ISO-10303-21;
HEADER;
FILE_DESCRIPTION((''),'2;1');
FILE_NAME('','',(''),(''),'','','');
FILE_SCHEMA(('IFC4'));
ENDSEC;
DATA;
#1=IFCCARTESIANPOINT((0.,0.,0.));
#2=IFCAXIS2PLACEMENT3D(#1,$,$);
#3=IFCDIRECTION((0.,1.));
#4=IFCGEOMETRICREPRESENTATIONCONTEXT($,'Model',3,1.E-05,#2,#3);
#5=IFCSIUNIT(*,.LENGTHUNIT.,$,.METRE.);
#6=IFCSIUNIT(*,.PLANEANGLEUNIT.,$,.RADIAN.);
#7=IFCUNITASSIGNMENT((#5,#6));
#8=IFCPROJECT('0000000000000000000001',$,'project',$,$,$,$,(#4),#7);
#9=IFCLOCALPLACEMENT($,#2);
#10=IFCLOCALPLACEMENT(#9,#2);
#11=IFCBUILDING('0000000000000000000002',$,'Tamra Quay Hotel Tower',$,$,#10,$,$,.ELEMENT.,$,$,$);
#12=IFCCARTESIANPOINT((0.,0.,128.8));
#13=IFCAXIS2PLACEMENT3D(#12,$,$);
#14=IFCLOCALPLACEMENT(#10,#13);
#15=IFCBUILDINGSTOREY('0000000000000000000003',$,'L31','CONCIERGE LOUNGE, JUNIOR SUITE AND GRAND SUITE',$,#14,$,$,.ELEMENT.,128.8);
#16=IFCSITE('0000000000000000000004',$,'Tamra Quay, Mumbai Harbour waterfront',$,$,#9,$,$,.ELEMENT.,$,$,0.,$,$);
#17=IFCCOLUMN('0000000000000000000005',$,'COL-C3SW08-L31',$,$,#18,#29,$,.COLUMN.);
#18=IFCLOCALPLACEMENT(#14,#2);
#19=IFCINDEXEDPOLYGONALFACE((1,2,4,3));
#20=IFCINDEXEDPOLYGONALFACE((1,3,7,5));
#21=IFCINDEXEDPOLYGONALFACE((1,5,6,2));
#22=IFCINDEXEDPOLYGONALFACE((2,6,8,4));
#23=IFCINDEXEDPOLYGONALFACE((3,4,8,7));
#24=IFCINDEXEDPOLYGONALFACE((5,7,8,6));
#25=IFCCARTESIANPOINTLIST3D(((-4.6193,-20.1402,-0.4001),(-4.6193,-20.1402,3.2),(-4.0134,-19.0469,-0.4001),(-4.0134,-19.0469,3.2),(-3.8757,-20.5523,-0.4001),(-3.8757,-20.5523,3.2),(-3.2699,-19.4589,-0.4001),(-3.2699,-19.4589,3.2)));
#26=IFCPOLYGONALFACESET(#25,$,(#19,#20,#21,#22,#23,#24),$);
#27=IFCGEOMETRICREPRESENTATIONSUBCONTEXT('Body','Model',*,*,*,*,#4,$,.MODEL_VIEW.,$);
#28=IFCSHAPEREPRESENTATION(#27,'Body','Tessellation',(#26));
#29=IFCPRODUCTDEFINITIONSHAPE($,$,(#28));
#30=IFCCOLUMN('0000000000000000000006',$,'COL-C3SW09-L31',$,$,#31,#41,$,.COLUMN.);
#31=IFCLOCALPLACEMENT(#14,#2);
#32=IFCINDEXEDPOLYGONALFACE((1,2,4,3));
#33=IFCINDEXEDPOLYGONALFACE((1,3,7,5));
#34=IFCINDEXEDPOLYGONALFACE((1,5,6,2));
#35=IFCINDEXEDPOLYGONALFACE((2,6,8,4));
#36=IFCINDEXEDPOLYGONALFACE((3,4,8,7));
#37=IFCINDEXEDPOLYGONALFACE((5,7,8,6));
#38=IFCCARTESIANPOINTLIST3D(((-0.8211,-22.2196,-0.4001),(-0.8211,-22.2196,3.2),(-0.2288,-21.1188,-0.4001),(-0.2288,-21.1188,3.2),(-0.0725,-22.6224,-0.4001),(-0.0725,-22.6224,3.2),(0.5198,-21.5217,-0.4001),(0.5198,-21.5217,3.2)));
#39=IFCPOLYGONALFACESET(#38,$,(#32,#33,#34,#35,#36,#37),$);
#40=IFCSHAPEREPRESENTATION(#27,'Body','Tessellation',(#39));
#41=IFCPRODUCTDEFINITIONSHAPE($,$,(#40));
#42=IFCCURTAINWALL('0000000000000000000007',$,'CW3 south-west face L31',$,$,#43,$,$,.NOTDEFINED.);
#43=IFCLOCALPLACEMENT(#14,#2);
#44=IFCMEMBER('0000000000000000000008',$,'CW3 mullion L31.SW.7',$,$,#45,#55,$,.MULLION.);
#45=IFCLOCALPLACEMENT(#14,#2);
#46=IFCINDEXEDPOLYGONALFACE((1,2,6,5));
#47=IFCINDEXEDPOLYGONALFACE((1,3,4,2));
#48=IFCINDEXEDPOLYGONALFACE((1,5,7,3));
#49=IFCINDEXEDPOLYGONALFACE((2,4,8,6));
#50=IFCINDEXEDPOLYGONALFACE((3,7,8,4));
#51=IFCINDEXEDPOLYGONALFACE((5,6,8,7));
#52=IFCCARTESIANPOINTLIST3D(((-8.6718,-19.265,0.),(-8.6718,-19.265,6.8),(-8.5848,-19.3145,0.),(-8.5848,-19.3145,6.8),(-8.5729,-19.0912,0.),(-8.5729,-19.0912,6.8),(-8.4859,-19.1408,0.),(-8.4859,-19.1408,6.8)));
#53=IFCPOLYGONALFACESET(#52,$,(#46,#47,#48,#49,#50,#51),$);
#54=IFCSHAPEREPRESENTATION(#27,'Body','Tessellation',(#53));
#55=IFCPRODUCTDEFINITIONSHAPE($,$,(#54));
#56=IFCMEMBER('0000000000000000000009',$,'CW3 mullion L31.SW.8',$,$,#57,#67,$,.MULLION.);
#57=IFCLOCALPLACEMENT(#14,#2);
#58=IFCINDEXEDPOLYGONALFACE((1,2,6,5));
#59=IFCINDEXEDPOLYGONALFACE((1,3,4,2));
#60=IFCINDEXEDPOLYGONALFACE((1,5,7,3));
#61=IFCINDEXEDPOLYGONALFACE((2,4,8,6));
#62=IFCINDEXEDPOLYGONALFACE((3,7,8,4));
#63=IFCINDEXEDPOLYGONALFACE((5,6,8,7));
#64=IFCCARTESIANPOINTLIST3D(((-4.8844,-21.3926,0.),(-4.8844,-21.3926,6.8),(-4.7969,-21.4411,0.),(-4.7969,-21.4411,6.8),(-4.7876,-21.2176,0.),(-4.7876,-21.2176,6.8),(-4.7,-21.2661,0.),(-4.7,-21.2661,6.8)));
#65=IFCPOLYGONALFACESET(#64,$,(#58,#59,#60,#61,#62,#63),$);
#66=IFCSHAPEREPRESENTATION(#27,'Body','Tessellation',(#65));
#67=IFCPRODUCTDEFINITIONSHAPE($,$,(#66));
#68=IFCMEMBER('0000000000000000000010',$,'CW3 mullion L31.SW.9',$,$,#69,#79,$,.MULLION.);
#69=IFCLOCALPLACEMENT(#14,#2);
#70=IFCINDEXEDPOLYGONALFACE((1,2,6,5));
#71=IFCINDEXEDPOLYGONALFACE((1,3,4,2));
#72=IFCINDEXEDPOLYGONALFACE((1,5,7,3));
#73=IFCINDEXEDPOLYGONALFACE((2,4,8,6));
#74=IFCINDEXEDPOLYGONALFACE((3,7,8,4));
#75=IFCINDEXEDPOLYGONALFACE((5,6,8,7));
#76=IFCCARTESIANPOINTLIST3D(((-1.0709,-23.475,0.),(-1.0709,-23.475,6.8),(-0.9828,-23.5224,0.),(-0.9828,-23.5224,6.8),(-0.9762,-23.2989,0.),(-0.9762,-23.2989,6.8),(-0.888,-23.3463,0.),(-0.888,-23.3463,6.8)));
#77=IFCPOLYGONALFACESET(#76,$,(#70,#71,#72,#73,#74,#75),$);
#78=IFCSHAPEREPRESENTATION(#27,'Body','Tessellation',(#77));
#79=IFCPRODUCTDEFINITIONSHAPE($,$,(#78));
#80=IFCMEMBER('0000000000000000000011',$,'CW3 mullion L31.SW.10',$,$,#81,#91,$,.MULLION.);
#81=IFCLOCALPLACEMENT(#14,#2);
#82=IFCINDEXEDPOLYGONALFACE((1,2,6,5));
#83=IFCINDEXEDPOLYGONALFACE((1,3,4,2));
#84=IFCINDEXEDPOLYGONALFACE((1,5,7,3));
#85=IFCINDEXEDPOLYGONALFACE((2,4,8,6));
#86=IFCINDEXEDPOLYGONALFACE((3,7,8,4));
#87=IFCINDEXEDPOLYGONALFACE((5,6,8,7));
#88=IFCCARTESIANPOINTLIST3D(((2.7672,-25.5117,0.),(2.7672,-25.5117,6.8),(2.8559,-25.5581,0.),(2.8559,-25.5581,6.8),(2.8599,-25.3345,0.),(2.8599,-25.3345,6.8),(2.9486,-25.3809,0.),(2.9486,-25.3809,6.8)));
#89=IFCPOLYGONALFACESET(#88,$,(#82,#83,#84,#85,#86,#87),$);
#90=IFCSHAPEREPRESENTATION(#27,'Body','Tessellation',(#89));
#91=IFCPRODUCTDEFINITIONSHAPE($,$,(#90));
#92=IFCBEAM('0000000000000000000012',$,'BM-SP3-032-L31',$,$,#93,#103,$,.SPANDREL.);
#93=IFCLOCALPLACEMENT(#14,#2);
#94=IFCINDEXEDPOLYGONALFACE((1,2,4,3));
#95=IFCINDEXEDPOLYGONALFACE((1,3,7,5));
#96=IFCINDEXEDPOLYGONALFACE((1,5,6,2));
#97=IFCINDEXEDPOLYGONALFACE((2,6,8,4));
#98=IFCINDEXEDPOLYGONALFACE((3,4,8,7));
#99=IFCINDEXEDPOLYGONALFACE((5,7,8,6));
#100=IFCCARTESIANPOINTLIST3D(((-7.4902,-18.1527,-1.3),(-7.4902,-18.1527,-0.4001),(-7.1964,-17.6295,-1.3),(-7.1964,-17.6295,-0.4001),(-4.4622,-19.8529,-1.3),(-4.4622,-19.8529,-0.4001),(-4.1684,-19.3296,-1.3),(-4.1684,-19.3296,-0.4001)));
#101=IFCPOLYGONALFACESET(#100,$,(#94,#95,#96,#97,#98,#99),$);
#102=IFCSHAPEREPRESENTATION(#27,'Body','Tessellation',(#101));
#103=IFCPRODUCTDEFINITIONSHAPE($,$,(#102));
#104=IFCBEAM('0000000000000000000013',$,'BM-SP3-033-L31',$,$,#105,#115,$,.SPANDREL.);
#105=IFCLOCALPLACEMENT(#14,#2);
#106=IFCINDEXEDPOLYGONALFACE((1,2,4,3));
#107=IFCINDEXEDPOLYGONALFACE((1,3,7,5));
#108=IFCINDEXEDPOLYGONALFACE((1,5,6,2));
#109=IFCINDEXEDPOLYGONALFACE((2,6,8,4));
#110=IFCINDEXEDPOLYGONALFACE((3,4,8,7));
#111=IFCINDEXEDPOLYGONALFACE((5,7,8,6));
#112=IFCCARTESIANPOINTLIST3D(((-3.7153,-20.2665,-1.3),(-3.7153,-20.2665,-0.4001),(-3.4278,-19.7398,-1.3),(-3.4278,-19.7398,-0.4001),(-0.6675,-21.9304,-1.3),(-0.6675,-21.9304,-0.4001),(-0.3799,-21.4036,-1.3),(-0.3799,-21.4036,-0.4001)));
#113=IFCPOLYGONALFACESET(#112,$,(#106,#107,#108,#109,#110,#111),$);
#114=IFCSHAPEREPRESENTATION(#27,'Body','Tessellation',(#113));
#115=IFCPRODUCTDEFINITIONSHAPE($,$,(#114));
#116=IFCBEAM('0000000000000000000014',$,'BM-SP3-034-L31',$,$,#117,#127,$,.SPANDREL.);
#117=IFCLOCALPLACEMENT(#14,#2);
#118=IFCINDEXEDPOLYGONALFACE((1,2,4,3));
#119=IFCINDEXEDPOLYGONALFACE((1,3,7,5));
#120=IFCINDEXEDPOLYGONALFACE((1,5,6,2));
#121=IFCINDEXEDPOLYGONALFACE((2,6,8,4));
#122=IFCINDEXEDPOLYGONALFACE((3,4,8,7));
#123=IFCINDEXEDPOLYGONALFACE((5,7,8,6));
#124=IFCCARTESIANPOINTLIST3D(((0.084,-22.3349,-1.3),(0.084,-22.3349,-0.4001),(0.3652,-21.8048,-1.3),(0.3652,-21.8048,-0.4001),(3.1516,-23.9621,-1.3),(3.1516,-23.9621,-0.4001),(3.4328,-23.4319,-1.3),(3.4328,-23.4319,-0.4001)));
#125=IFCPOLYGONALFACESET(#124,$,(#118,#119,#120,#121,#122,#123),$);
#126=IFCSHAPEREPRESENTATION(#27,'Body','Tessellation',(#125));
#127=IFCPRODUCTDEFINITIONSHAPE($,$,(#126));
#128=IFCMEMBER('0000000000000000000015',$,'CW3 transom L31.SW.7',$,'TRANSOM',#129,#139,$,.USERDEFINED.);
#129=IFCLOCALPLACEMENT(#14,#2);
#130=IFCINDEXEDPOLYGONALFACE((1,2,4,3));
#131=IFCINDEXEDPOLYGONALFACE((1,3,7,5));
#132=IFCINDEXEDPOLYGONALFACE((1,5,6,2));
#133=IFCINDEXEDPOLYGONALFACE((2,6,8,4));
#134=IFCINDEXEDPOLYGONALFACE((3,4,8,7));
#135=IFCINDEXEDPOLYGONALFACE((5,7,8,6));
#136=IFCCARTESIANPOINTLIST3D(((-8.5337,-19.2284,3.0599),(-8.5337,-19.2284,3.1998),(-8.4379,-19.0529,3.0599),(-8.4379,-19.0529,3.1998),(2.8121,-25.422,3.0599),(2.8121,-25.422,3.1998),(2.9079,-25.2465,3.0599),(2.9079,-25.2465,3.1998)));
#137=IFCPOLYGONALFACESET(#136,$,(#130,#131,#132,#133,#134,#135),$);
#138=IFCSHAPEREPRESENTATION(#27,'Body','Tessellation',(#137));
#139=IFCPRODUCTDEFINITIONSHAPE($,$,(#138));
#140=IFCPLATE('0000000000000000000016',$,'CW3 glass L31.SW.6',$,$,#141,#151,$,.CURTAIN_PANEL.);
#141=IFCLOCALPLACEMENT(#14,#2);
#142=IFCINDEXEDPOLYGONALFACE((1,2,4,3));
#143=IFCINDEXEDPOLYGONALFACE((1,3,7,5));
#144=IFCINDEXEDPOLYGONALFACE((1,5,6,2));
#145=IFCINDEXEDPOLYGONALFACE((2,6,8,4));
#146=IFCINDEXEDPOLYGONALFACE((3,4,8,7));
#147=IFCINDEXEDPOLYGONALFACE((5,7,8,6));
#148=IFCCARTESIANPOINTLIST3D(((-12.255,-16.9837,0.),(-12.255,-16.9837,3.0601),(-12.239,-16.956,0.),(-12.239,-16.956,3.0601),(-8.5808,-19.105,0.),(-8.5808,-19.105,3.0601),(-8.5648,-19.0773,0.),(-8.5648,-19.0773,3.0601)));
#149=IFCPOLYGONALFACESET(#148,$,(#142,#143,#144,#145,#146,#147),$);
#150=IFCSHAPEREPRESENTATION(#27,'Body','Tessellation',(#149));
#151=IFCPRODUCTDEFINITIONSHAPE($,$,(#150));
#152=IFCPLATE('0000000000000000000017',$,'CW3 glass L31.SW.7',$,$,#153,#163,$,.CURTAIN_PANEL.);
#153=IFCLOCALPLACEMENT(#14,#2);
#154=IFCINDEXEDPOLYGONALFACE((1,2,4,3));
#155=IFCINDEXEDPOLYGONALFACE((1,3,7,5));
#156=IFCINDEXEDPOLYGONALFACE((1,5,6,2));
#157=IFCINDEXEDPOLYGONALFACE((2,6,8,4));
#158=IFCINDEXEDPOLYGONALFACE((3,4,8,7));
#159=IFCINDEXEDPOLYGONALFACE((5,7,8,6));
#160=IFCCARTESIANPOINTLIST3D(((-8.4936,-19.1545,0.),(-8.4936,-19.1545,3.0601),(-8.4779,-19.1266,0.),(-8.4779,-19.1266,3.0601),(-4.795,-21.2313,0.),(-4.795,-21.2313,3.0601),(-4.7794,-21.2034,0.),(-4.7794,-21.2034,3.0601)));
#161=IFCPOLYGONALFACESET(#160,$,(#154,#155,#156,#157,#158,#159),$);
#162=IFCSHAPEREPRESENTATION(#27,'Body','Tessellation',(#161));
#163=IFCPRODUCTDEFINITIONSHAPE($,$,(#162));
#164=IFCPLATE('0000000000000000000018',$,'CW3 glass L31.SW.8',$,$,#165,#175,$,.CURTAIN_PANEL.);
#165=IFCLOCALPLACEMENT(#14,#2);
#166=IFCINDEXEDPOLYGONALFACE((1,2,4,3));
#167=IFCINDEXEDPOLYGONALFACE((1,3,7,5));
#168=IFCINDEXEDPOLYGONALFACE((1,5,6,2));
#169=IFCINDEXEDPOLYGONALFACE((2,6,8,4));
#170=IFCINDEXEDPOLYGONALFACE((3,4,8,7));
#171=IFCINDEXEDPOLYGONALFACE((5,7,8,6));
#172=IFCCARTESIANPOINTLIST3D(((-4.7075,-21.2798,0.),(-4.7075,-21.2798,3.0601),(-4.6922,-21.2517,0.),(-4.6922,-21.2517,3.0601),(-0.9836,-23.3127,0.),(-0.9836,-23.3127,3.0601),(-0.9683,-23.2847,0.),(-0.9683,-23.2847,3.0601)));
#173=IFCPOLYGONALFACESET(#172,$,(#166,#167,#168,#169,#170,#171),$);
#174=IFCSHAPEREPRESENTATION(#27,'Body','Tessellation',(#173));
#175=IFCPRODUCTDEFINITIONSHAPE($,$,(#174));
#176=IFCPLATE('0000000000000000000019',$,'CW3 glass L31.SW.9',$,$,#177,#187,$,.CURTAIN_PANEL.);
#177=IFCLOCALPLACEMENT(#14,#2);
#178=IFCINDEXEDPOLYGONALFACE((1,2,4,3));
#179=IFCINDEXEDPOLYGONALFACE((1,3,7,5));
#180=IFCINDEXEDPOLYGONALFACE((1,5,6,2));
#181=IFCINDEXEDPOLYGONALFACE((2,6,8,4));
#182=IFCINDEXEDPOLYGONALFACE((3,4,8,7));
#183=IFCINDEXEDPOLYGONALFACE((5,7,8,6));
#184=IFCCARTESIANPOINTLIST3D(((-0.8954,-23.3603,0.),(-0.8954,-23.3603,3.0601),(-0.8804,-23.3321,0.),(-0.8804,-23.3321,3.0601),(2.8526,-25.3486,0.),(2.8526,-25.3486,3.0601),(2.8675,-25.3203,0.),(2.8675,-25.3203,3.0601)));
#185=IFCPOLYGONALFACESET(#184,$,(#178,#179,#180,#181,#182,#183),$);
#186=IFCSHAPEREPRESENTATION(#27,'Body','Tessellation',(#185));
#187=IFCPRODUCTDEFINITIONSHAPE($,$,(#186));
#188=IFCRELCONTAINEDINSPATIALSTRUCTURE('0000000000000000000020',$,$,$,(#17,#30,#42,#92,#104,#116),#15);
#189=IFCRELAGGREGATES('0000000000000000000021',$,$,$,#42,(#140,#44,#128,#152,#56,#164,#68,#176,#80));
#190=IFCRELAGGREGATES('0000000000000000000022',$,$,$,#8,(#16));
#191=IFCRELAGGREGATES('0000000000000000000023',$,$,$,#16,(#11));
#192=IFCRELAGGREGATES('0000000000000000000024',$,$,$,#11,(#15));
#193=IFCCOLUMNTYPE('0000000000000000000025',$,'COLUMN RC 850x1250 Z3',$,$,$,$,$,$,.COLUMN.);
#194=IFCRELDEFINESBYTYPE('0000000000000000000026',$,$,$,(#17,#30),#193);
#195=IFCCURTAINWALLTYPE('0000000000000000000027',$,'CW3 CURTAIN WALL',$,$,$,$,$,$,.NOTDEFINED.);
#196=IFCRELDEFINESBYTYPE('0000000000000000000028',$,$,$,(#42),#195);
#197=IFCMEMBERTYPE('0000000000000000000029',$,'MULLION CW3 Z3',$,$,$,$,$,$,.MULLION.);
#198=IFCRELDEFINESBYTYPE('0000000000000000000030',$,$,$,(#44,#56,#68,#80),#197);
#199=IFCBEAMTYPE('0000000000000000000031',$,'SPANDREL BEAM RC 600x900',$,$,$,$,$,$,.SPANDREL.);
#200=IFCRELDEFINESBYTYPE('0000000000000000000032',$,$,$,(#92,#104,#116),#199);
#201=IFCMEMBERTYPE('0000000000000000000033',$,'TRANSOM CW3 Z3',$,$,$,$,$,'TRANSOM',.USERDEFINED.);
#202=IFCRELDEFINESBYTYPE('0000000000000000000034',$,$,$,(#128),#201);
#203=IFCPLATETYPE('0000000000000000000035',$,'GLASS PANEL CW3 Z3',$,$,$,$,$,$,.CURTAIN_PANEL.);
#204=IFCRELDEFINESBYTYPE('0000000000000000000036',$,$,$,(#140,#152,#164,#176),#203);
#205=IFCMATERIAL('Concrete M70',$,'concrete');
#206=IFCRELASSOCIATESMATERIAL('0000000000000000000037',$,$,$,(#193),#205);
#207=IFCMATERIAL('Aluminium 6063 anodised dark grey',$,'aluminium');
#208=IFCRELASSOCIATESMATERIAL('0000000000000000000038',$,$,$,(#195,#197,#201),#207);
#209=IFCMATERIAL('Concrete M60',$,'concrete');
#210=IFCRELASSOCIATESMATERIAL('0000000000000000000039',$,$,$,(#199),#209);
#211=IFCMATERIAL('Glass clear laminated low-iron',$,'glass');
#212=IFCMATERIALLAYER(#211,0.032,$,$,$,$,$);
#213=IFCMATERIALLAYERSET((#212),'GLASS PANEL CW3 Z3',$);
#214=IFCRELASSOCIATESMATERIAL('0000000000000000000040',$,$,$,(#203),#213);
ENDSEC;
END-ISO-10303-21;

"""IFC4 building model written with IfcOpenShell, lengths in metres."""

from ifc_helpers import new_model, si_unit, direction, frame, origin, origin_2d, place, context, subcontext, project, spatial, rectangle, extrude, material, layer, layer_set, material_profile, profile_set, type_object, element, aggregate, save


model = new_model("IFC4")

# Units and contexts
model_context = context("Model", 3, precision=1e-05, world=origin(), true_north=direction((0.0, 1.0)))
body_context = subcontext(model_context, "Body", "Model", "MODEL_VIEW")
ifc_project = project(units=[si_unit("LENGTHUNIT", "METRE"), si_unit("PLANEANGLEUNIT", "RADIAN")], contexts=[model_context])

# Site, building, storey
site_placement = place(None, origin())
site = spatial("IfcSite", under=ifc_project, at=site_placement, Name="Tamra Quay, Mumbai Harbour waterfront", CompositionType="ELEMENT", RefElevation=0.0)
building_placement = place(site_placement, origin())
building = spatial("IfcBuilding", under=site, at=building_placement, Name="Tamra Quay Hotel Tower", CompositionType="ELEMENT")
storey_placement = place(building_placement, frame((0.0, 0.0, 128.8)))
storey = spatial("IfcBuildingStorey", under=building, at=storey_placement, Name="L31", Description="CONCIERGE LOUNGE, JUNIOR SUITE AND GRAND SUITE", CompositionType="ELEMENT", Elevation=128.8)

# Columns
ifc_material_1 = material(Name="Concrete M70", Category="concrete")
ifc_material_profile_1 = material_profile(ifc_material_1, rectangle(XDim=1.25, YDim=0.8501, at=origin_2d()), Name="COLUMN RC 850x1250 Z3")
ifc_profile_set_1 = profile_set([ifc_material_profile_1], Name="Concrete M70")
column_type = type_object("IfcColumnType", Name="COLUMN RC 850x1250 Z3", PredefinedType="COLUMN", material=ifc_profile_set_1)
for number, where, z_axis, x_axis, name in (
    (1, (-3.9446, -19.7996, -0.4001), (0.0, 0.0, 1.0), (0.484683, 0.87469, 0.0), "COL-C3SW08-L31"),
    (2, (-0.1506, -21.8706, -0.4001), (0.0, 0.0, 1.0), (0.473876, 0.880592, 0.0), "COL-C3SW09-L31"),
):
    element("IfcColumn", number, at=place(storey_placement, frame(where, z_axis=z_axis, x_axis=x_axis)), inside=storey, type_object=column_type, Name=name, PredefinedType="COLUMN", context=body_context, shape_type="SweptSolid", body=[
        extrude(rectangle(XDim=1.25, YDim=0.8501, at=origin_2d()), origin(), (0.0, 0.0, 1.0), 3.6001),
    ])

# Curtain wall, members
ifc_material_2 = material(Name="Aluminium 6063 anodised dark grey", Category="aluminium")
curtain_wall_type = type_object("IfcCurtainWallType", Name="CW3 CURTAIN WALL", PredefinedType="NOTDEFINED", material=ifc_material_2)
curtain_wall_placement = place(storey_placement, origin())
curtain_wall = element("IfcCurtainWall", 3, at=curtain_wall_placement, inside=storey, type_object=curtain_wall_type, Name="CW3 south-west face L31", PredefinedType="NOTDEFINED")
ifc_material_profile_2 = material_profile(ifc_material_2, rectangle(XDim=0.2, YDim=0.1001, at=origin_2d()), Name="MULLION 100X200")
ifc_profile_set_2 = profile_set([ifc_material_profile_2], Name="Aluminium 6063 anodised dark grey")
member_type_1 = type_object("IfcMemberType", Name="MULLION CW3 Z3", PredefinedType="MULLION", material=ifc_profile_set_2)
member_1_placement = place(storey_placement, frame((-8.5789, -19.2029, 0.0), z_axis=(0.0, 0.0, 1.0), x_axis=(-0.494813, -0.868999, 0.0)))
member_1 = element("IfcMember", 4, at=member_1_placement, type_object=member_type_1, Name="CW3 mullion L31.SW.7", PredefinedType="MULLION", context=body_context, shape_type="SweptSolid", body=[
    extrude(rectangle(XDim=0.2, YDim=0.1001, at=origin_2d()), origin(), (0.0, 0.0, 1.0), 6.8),
])
member_2_placement = place(storey_placement, frame((-4.7922, -21.3293, 0.0), z_axis=(0.0, 0.0, 1.0), x_axis=(-0.484394, -0.87485, 0.0)))
member_2 = element("IfcMember", 5, at=member_2_placement, type_object=member_type_1, Name="CW3 mullion L31.SW.8", PredefinedType="MULLION", context=body_context, shape_type="SweptSolid", body=[
    extrude(rectangle(XDim=0.2, YDim=0.1001, at=origin_2d()), origin(), (0.0, 0.0, 1.0), 6.8),
])
member_3_placement = place(storey_placement, frame((-0.9795, -23.4106, 0.0), z_axis=(0.0, 0.0, 1.0), x_axis=(-0.473908, -0.880574, 0.0)))
member_3 = element("IfcMember", 6, at=member_3_placement, type_object=member_type_1, Name="CW3 mullion L31.SW.9", PredefinedType="MULLION", context=body_context, shape_type="SweptSolid", body=[
    extrude(rectangle(XDim=0.2, YDim=0.1001, at=origin_2d()), origin(), (0.0, 0.0, 1.0), 6.8),
])
member_4_placement = place(storey_placement, frame((2.8579, -25.4463, 0.0), z_axis=(0.0, 0.0, 1.0), x_axis=(-0.463366, -0.886167, 0.0)))
member_4 = element("IfcMember", 7, at=member_4_placement, type_object=member_type_1, Name="CW3 mullion L31.SW.10", PredefinedType="MULLION", context=body_context, shape_type="SweptSolid", body=[
    extrude(rectangle(XDim=0.2, YDim=0.1001, at=origin_2d()), origin(), (0.0, 0.0, 1.0), 6.8),
])

# Beams
ifc_material_3 = material(Name="Concrete M60", Category="concrete")
ifc_material_profile_3 = material_profile(ifc_material_3, rectangle(XDim=0.6001, YDim=0.8999, at=origin_2d()), Name="SPANDREL BEAM RC 600x900")
ifc_profile_set_3 = profile_set([ifc_material_profile_3], Name="Concrete M60")
beam_type = type_object("IfcBeamType", Name="SPANDREL BEAM RC 600x900", PredefinedType="SPANDREL", material=ifc_profile_set_3)
beam_placement = place(storey_placement, frame((-7.3433, -17.8911, -0.8501), z_axis=(0.871956, -0.489584, 0.0), x_axis=(0.489584, 0.871956, 0.0)))
element("IfcBeam", 8, at=beam_placement, inside=storey, type_object=beam_type, Name="BM-SP3-032-L31", PredefinedType="SPANDREL", context=body_context, shape_type="SweptSolid", body=[
    extrude(rectangle(XDim=0.6001, YDim=0.8999, at=origin_2d()), origin(), (0.0, 0.0, 1.0), 3.4727),
])
for number, where, z_axis, x_axis, name in (
    (9, (-3.5715, -20.0032, -0.8501), (0.877732, -0.479153, 0.0), (0.479153, 0.877732, 0.0), "BM-SP3-033-L31"),
    (10, (0.2246, -22.0698, -0.8501), (0.883411, -0.468598, 0.0), (0.468598, 0.883411, 0.0), "BM-SP3-034-L31"),
):
    element("IfcBeam", number, at=place(storey_placement, frame(where, z_axis=z_axis, x_axis=x_axis)), inside=storey, type_object=beam_type, Name=name, PredefinedType="SPANDREL", context=body_context, shape_type="SweptSolid", body=[
        extrude(rectangle(XDim=0.6001, YDim=0.8999, at=origin_2d()), origin(), (0.0, 0.0, 1.0), 3.4724),
    ])

# Member
ifc_material_profile_4 = material_profile(ifc_material_2, rectangle(XDim=0.2, YDim=0.1399, at=origin_2d()), Name="TRANSOM 200X140")
ifc_profile_set_4 = profile_set([ifc_material_profile_4], Name="Aluminium 6063 anodised dark grey")
member_type_2 = type_object("IfcMemberType", Name="TRANSOM CW3 Z3", ElementType="TRANSOM", PredefinedType="USERDEFINED", material=ifc_profile_set_4)
member_5_placement = place(storey_placement, frame((-8.4858, -19.1406, 3.1299), z_axis=(0.877732, -0.479152, 0.0), x_axis=(0.479152, 0.877732, 0.0)))
member_5 = element("IfcMember", 11, at=member_5_placement, type_object=member_type_2, Name="CW3 transom L31.SW.7", ObjectType="TRANSOM", PredefinedType="USERDEFINED", context=body_context, shape_type="SweptSolid", body=[
    extrude(rectangle(XDim=0.2, YDim=0.1399, at=origin_2d()), origin(), (0.0, 0.0, 1.0), 12.9263),
])

# Plates
ifc_material_4 = material(Name="Glass clear laminated low-iron", Category="glass")
ifc_layer_1 = layer(ifc_material_4, 0.032)
ifc_layer_set_1 = layer_set([ifc_layer_1], Name="GLASS PANEL CW3 Z3")
plate_type = type_object("IfcPlateType", Name="GLASS PANEL CW3 Z3", PredefinedType="CURTAIN_PANEL", material=ifc_layer_set_1)
plate_1_placement = place(storey_placement, frame((-10.4099, -18.0305, 0.0), z_axis=(0.0, 0.0, 1.0), x_axis=(0.866025, -0.5, 0.0)))
plate_1 = element("IfcPlate", 12, at=plate_1_placement, type_object=plate_type, Name="CW3 glass L31.SW.6", PredefinedType="CURTAIN_PANEL", context=body_context, shape_type="SweptSolid", body=[
    extrude(rectangle(XDim=4.2427, YDim=0.032, at=origin_2d()), origin(), (0.0, 0.0, 1.0), 3.0601),
])
plate_2_placement = place(storey_placement, frame((-6.6365, -20.179, 0.0), z_axis=(0.0, 0.0, 1.0), x_axis=(0.871942, -0.489609, 0.0)))
plate_2 = element("IfcPlate", 13, at=plate_2_placement, type_object=plate_type, Name="CW3 glass L31.SW.7", PredefinedType="CURTAIN_PANEL", context=body_context, shape_type="SweptSolid", body=[
    extrude(rectangle(XDim=4.2417, YDim=0.032, at=origin_2d()), origin(), (0.0, 0.0, 1.0), 3.0601),
])
plate_3_placement = place(storey_placement, frame((-2.8379, -22.2822, 0.0), z_axis=(0.0, 0.0, 1.0), x_axis=(0.877726, -0.479163, 0.0)))
plate_3 = element("IfcPlate", 14, at=plate_3_placement, type_object=plate_type, Name="CW3 glass L31.SW.8", PredefinedType="CURTAIN_PANEL", context=body_context, shape_type="SweptSolid", body=[
    extrude(rectangle(XDim=4.2427, YDim=0.032, at=origin_2d()), origin(), (0.0, 0.0, 1.0), 3.0601),
])
plate_4_placement = place(storey_placement, frame((0.9861, -24.3403, 0.0), z_axis=(0.0, 0.0, 1.0), x_axis=(0.883391, -0.468636, 0.0)))
plate_4 = element("IfcPlate", 15, at=plate_4_placement, type_object=plate_type, Name="CW3 glass L31.SW.9", PredefinedType="CURTAIN_PANEL", context=body_context, shape_type="SweptSolid", body=[
    extrude(rectangle(XDim=4.2427, YDim=0.032, at=origin_2d()), origin(), (0.0, 0.0, 1.0), 3.0601),
])
aggregate(curtain_wall, [plate_1, member_1, member_5, plate_2, member_2, plate_3, member_3, plate_4, member_4])

save(model, "model.ifc")
